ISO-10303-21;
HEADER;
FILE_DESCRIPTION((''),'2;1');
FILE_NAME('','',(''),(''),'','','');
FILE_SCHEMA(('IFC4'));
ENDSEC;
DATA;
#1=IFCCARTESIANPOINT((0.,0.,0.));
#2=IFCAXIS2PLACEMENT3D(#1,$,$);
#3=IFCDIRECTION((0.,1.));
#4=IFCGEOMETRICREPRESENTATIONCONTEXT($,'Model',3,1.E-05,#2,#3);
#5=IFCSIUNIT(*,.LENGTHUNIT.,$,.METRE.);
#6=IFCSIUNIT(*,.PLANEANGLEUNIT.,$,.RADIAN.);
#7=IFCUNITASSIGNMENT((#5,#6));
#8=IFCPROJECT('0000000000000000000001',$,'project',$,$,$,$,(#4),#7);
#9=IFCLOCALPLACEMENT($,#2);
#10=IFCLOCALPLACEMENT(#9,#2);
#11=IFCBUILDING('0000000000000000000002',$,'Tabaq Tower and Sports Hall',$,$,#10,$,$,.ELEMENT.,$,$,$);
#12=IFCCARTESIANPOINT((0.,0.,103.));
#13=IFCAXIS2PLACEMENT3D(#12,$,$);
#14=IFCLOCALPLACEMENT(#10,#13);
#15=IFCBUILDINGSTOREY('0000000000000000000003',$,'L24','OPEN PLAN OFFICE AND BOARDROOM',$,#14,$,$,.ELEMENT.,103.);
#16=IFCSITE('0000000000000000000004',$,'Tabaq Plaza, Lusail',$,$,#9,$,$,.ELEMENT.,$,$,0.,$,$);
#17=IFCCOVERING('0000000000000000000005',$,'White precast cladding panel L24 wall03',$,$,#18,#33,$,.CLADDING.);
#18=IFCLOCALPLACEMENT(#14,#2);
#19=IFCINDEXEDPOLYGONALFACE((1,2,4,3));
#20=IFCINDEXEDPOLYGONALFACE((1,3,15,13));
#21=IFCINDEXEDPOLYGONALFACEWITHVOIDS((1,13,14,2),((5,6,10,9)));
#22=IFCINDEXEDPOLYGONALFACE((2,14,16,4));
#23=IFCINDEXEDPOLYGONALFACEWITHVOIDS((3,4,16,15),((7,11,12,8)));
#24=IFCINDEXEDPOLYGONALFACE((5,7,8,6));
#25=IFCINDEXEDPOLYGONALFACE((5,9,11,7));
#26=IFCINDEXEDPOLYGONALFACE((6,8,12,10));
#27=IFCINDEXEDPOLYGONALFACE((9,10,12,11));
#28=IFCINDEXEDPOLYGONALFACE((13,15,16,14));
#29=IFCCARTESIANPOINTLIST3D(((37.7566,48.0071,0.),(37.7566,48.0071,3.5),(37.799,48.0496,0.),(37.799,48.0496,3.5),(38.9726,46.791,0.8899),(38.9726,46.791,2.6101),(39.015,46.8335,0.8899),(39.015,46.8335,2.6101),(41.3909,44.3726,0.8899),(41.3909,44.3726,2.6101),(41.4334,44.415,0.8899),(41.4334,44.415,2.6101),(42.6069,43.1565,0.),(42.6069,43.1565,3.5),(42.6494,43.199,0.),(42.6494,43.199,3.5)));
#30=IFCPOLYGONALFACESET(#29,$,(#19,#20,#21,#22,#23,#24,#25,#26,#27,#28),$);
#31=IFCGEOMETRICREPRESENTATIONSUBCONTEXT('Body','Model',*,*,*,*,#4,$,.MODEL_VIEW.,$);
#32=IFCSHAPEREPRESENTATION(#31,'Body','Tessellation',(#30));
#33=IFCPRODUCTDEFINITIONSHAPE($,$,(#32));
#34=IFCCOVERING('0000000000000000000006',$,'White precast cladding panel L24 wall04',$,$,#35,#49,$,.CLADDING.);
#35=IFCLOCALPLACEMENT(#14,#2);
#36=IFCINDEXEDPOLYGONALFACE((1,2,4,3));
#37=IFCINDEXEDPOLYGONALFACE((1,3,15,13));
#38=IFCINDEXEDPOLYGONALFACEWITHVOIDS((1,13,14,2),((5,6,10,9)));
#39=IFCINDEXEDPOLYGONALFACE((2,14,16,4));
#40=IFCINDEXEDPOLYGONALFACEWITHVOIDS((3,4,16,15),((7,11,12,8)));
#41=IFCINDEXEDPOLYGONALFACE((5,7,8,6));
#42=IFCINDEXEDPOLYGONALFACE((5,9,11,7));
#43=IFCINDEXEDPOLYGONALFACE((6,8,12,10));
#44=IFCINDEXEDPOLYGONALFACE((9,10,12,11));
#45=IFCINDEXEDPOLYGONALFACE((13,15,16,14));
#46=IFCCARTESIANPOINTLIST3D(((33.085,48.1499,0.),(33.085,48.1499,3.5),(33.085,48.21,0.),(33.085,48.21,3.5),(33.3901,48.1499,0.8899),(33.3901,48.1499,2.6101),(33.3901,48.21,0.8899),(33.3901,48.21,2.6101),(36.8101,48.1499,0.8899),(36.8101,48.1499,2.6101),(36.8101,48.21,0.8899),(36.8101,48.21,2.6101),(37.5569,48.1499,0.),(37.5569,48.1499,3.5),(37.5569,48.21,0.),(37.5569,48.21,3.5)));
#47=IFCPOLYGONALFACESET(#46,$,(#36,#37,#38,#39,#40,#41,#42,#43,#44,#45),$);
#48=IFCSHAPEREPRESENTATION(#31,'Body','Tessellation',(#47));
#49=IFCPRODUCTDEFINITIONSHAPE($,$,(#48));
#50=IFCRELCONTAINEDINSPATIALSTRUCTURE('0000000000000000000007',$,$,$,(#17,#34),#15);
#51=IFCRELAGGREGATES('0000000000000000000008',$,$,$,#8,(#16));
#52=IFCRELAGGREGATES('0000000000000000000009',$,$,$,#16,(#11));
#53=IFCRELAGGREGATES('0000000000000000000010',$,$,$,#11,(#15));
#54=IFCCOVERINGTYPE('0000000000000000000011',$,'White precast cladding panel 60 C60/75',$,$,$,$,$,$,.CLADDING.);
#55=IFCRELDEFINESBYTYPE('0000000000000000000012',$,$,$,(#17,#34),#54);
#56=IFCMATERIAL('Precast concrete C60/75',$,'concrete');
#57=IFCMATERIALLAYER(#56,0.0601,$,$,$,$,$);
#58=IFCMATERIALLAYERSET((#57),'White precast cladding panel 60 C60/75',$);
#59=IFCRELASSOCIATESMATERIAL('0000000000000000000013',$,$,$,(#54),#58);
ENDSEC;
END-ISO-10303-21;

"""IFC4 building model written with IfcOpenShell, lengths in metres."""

from ifc_helpers import new_model, si_unit, direction, frame, origin, place, context, subcontext, project, spatial, polyline, outline, extrude, material, layer, layer_set, type_object, element, save


model = new_model("IFC4")

# Units and contexts
model_context = context("Model", 3, precision=1e-05, world=origin(), true_north=direction((0.0, 1.0)))
body_context = subcontext(model_context, "Body", "Model", "MODEL_VIEW")
ifc_project = project(units=[si_unit("LENGTHUNIT", "METRE"), si_unit("PLANEANGLEUNIT", "RADIAN")], contexts=[model_context])

# Site, building, storey
site_placement = place(None, origin())
site = spatial("IfcSite", under=ifc_project, at=site_placement, Name="Tabaq Plaza, Lusail", CompositionType="ELEMENT", RefElevation=0.0)
building_placement = place(site_placement, origin())
building = spatial("IfcBuilding", under=site, at=building_placement, Name="Tabaq Tower and Sports Hall", CompositionType="ELEMENT")
storey_placement = place(building_placement, frame((0.0, 0.0, 103.0)))
storey = spatial("IfcBuildingStorey", under=building, at=storey_placement, Name="L24", Description="OPEN PLAN OFFICE AND BOARDROOM", CompositionType="ELEMENT", Elevation=103.0)

# Coverings
ifc_material_1 = material(Name="Precast concrete C60/75", Category="concrete")
ifc_layer_1 = layer(ifc_material_1, 0.0601)
ifc_layer_set_1 = layer_set([ifc_layer_1], Name="White precast cladding panel 60 C60/75")
covering_type_1 = type_object("IfcCoveringType", Name="White precast cladding panel 60 C60/75", PredefinedType="CLADDING", material=ifc_layer_set_1)
covering_1_placement = place(storey_placement, frame((42.6282, 43.1777, 0.0), z_axis=(0.0, 0.0, 1.0), x_axis=(-0.707089, 0.707125, 0.0)))
element("IfcCovering", 1, at=covering_1_placement, inside=storey, type_object=covering_type_1, Name="White precast cladding panel L24 wall03", PredefinedType="CLADDING", context=body_context, shape_type="SweptSolid", body=[
    extrude(outline(polyline([(0.0, 0.0), (6.8596, 0.0), (6.8596, 3.5), (0.0, 3.5), (0.0, 0.0)]), holes=[polyline([(1.7197, 0.8899), (1.7197, 2.6101), (5.1399, 2.6101), (5.1399, 0.8899), (1.7197, 0.8899)])]), frame((0.0, 0.03, 0.0), z_axis=(0.0, -1.0, 0.0), x_axis=(1.0, 0.0, 0.0)), (0.0, 0.0, 1.0), 0.0601),
])
covering_2_placement = place(storey_placement, frame((37.5569, 48.1799, 0.0), z_axis=(0.0, 0.0, 1.0), x_axis=(-1.0, 0.0, 0.0)))
element("IfcCovering", 2, at=covering_2_placement, inside=storey, type_object=covering_type_1, Name="White precast cladding panel L24 wall04", PredefinedType="CLADDING", context=body_context, shape_type="SweptSolid", body=[
    extrude(outline(polyline([(0.0, 0.0), (4.4719, 0.0), (4.4719, 3.5), (0.0, 3.5), (0.0, 0.0)]), holes=[polyline([(0.7468, 0.8899), (0.7468, 2.6101), (4.1667, 2.6101), (4.1667, 0.8899), (0.7468, 0.8899)])]), frame((0.0, 0.03, 0.0), z_axis=(0.0, -1.0, 0.0), x_axis=(1.0, 0.0, 0.0)), (0.0, 0.0, 1.0), 0.0601),
])

save(model, "model.ifc")
